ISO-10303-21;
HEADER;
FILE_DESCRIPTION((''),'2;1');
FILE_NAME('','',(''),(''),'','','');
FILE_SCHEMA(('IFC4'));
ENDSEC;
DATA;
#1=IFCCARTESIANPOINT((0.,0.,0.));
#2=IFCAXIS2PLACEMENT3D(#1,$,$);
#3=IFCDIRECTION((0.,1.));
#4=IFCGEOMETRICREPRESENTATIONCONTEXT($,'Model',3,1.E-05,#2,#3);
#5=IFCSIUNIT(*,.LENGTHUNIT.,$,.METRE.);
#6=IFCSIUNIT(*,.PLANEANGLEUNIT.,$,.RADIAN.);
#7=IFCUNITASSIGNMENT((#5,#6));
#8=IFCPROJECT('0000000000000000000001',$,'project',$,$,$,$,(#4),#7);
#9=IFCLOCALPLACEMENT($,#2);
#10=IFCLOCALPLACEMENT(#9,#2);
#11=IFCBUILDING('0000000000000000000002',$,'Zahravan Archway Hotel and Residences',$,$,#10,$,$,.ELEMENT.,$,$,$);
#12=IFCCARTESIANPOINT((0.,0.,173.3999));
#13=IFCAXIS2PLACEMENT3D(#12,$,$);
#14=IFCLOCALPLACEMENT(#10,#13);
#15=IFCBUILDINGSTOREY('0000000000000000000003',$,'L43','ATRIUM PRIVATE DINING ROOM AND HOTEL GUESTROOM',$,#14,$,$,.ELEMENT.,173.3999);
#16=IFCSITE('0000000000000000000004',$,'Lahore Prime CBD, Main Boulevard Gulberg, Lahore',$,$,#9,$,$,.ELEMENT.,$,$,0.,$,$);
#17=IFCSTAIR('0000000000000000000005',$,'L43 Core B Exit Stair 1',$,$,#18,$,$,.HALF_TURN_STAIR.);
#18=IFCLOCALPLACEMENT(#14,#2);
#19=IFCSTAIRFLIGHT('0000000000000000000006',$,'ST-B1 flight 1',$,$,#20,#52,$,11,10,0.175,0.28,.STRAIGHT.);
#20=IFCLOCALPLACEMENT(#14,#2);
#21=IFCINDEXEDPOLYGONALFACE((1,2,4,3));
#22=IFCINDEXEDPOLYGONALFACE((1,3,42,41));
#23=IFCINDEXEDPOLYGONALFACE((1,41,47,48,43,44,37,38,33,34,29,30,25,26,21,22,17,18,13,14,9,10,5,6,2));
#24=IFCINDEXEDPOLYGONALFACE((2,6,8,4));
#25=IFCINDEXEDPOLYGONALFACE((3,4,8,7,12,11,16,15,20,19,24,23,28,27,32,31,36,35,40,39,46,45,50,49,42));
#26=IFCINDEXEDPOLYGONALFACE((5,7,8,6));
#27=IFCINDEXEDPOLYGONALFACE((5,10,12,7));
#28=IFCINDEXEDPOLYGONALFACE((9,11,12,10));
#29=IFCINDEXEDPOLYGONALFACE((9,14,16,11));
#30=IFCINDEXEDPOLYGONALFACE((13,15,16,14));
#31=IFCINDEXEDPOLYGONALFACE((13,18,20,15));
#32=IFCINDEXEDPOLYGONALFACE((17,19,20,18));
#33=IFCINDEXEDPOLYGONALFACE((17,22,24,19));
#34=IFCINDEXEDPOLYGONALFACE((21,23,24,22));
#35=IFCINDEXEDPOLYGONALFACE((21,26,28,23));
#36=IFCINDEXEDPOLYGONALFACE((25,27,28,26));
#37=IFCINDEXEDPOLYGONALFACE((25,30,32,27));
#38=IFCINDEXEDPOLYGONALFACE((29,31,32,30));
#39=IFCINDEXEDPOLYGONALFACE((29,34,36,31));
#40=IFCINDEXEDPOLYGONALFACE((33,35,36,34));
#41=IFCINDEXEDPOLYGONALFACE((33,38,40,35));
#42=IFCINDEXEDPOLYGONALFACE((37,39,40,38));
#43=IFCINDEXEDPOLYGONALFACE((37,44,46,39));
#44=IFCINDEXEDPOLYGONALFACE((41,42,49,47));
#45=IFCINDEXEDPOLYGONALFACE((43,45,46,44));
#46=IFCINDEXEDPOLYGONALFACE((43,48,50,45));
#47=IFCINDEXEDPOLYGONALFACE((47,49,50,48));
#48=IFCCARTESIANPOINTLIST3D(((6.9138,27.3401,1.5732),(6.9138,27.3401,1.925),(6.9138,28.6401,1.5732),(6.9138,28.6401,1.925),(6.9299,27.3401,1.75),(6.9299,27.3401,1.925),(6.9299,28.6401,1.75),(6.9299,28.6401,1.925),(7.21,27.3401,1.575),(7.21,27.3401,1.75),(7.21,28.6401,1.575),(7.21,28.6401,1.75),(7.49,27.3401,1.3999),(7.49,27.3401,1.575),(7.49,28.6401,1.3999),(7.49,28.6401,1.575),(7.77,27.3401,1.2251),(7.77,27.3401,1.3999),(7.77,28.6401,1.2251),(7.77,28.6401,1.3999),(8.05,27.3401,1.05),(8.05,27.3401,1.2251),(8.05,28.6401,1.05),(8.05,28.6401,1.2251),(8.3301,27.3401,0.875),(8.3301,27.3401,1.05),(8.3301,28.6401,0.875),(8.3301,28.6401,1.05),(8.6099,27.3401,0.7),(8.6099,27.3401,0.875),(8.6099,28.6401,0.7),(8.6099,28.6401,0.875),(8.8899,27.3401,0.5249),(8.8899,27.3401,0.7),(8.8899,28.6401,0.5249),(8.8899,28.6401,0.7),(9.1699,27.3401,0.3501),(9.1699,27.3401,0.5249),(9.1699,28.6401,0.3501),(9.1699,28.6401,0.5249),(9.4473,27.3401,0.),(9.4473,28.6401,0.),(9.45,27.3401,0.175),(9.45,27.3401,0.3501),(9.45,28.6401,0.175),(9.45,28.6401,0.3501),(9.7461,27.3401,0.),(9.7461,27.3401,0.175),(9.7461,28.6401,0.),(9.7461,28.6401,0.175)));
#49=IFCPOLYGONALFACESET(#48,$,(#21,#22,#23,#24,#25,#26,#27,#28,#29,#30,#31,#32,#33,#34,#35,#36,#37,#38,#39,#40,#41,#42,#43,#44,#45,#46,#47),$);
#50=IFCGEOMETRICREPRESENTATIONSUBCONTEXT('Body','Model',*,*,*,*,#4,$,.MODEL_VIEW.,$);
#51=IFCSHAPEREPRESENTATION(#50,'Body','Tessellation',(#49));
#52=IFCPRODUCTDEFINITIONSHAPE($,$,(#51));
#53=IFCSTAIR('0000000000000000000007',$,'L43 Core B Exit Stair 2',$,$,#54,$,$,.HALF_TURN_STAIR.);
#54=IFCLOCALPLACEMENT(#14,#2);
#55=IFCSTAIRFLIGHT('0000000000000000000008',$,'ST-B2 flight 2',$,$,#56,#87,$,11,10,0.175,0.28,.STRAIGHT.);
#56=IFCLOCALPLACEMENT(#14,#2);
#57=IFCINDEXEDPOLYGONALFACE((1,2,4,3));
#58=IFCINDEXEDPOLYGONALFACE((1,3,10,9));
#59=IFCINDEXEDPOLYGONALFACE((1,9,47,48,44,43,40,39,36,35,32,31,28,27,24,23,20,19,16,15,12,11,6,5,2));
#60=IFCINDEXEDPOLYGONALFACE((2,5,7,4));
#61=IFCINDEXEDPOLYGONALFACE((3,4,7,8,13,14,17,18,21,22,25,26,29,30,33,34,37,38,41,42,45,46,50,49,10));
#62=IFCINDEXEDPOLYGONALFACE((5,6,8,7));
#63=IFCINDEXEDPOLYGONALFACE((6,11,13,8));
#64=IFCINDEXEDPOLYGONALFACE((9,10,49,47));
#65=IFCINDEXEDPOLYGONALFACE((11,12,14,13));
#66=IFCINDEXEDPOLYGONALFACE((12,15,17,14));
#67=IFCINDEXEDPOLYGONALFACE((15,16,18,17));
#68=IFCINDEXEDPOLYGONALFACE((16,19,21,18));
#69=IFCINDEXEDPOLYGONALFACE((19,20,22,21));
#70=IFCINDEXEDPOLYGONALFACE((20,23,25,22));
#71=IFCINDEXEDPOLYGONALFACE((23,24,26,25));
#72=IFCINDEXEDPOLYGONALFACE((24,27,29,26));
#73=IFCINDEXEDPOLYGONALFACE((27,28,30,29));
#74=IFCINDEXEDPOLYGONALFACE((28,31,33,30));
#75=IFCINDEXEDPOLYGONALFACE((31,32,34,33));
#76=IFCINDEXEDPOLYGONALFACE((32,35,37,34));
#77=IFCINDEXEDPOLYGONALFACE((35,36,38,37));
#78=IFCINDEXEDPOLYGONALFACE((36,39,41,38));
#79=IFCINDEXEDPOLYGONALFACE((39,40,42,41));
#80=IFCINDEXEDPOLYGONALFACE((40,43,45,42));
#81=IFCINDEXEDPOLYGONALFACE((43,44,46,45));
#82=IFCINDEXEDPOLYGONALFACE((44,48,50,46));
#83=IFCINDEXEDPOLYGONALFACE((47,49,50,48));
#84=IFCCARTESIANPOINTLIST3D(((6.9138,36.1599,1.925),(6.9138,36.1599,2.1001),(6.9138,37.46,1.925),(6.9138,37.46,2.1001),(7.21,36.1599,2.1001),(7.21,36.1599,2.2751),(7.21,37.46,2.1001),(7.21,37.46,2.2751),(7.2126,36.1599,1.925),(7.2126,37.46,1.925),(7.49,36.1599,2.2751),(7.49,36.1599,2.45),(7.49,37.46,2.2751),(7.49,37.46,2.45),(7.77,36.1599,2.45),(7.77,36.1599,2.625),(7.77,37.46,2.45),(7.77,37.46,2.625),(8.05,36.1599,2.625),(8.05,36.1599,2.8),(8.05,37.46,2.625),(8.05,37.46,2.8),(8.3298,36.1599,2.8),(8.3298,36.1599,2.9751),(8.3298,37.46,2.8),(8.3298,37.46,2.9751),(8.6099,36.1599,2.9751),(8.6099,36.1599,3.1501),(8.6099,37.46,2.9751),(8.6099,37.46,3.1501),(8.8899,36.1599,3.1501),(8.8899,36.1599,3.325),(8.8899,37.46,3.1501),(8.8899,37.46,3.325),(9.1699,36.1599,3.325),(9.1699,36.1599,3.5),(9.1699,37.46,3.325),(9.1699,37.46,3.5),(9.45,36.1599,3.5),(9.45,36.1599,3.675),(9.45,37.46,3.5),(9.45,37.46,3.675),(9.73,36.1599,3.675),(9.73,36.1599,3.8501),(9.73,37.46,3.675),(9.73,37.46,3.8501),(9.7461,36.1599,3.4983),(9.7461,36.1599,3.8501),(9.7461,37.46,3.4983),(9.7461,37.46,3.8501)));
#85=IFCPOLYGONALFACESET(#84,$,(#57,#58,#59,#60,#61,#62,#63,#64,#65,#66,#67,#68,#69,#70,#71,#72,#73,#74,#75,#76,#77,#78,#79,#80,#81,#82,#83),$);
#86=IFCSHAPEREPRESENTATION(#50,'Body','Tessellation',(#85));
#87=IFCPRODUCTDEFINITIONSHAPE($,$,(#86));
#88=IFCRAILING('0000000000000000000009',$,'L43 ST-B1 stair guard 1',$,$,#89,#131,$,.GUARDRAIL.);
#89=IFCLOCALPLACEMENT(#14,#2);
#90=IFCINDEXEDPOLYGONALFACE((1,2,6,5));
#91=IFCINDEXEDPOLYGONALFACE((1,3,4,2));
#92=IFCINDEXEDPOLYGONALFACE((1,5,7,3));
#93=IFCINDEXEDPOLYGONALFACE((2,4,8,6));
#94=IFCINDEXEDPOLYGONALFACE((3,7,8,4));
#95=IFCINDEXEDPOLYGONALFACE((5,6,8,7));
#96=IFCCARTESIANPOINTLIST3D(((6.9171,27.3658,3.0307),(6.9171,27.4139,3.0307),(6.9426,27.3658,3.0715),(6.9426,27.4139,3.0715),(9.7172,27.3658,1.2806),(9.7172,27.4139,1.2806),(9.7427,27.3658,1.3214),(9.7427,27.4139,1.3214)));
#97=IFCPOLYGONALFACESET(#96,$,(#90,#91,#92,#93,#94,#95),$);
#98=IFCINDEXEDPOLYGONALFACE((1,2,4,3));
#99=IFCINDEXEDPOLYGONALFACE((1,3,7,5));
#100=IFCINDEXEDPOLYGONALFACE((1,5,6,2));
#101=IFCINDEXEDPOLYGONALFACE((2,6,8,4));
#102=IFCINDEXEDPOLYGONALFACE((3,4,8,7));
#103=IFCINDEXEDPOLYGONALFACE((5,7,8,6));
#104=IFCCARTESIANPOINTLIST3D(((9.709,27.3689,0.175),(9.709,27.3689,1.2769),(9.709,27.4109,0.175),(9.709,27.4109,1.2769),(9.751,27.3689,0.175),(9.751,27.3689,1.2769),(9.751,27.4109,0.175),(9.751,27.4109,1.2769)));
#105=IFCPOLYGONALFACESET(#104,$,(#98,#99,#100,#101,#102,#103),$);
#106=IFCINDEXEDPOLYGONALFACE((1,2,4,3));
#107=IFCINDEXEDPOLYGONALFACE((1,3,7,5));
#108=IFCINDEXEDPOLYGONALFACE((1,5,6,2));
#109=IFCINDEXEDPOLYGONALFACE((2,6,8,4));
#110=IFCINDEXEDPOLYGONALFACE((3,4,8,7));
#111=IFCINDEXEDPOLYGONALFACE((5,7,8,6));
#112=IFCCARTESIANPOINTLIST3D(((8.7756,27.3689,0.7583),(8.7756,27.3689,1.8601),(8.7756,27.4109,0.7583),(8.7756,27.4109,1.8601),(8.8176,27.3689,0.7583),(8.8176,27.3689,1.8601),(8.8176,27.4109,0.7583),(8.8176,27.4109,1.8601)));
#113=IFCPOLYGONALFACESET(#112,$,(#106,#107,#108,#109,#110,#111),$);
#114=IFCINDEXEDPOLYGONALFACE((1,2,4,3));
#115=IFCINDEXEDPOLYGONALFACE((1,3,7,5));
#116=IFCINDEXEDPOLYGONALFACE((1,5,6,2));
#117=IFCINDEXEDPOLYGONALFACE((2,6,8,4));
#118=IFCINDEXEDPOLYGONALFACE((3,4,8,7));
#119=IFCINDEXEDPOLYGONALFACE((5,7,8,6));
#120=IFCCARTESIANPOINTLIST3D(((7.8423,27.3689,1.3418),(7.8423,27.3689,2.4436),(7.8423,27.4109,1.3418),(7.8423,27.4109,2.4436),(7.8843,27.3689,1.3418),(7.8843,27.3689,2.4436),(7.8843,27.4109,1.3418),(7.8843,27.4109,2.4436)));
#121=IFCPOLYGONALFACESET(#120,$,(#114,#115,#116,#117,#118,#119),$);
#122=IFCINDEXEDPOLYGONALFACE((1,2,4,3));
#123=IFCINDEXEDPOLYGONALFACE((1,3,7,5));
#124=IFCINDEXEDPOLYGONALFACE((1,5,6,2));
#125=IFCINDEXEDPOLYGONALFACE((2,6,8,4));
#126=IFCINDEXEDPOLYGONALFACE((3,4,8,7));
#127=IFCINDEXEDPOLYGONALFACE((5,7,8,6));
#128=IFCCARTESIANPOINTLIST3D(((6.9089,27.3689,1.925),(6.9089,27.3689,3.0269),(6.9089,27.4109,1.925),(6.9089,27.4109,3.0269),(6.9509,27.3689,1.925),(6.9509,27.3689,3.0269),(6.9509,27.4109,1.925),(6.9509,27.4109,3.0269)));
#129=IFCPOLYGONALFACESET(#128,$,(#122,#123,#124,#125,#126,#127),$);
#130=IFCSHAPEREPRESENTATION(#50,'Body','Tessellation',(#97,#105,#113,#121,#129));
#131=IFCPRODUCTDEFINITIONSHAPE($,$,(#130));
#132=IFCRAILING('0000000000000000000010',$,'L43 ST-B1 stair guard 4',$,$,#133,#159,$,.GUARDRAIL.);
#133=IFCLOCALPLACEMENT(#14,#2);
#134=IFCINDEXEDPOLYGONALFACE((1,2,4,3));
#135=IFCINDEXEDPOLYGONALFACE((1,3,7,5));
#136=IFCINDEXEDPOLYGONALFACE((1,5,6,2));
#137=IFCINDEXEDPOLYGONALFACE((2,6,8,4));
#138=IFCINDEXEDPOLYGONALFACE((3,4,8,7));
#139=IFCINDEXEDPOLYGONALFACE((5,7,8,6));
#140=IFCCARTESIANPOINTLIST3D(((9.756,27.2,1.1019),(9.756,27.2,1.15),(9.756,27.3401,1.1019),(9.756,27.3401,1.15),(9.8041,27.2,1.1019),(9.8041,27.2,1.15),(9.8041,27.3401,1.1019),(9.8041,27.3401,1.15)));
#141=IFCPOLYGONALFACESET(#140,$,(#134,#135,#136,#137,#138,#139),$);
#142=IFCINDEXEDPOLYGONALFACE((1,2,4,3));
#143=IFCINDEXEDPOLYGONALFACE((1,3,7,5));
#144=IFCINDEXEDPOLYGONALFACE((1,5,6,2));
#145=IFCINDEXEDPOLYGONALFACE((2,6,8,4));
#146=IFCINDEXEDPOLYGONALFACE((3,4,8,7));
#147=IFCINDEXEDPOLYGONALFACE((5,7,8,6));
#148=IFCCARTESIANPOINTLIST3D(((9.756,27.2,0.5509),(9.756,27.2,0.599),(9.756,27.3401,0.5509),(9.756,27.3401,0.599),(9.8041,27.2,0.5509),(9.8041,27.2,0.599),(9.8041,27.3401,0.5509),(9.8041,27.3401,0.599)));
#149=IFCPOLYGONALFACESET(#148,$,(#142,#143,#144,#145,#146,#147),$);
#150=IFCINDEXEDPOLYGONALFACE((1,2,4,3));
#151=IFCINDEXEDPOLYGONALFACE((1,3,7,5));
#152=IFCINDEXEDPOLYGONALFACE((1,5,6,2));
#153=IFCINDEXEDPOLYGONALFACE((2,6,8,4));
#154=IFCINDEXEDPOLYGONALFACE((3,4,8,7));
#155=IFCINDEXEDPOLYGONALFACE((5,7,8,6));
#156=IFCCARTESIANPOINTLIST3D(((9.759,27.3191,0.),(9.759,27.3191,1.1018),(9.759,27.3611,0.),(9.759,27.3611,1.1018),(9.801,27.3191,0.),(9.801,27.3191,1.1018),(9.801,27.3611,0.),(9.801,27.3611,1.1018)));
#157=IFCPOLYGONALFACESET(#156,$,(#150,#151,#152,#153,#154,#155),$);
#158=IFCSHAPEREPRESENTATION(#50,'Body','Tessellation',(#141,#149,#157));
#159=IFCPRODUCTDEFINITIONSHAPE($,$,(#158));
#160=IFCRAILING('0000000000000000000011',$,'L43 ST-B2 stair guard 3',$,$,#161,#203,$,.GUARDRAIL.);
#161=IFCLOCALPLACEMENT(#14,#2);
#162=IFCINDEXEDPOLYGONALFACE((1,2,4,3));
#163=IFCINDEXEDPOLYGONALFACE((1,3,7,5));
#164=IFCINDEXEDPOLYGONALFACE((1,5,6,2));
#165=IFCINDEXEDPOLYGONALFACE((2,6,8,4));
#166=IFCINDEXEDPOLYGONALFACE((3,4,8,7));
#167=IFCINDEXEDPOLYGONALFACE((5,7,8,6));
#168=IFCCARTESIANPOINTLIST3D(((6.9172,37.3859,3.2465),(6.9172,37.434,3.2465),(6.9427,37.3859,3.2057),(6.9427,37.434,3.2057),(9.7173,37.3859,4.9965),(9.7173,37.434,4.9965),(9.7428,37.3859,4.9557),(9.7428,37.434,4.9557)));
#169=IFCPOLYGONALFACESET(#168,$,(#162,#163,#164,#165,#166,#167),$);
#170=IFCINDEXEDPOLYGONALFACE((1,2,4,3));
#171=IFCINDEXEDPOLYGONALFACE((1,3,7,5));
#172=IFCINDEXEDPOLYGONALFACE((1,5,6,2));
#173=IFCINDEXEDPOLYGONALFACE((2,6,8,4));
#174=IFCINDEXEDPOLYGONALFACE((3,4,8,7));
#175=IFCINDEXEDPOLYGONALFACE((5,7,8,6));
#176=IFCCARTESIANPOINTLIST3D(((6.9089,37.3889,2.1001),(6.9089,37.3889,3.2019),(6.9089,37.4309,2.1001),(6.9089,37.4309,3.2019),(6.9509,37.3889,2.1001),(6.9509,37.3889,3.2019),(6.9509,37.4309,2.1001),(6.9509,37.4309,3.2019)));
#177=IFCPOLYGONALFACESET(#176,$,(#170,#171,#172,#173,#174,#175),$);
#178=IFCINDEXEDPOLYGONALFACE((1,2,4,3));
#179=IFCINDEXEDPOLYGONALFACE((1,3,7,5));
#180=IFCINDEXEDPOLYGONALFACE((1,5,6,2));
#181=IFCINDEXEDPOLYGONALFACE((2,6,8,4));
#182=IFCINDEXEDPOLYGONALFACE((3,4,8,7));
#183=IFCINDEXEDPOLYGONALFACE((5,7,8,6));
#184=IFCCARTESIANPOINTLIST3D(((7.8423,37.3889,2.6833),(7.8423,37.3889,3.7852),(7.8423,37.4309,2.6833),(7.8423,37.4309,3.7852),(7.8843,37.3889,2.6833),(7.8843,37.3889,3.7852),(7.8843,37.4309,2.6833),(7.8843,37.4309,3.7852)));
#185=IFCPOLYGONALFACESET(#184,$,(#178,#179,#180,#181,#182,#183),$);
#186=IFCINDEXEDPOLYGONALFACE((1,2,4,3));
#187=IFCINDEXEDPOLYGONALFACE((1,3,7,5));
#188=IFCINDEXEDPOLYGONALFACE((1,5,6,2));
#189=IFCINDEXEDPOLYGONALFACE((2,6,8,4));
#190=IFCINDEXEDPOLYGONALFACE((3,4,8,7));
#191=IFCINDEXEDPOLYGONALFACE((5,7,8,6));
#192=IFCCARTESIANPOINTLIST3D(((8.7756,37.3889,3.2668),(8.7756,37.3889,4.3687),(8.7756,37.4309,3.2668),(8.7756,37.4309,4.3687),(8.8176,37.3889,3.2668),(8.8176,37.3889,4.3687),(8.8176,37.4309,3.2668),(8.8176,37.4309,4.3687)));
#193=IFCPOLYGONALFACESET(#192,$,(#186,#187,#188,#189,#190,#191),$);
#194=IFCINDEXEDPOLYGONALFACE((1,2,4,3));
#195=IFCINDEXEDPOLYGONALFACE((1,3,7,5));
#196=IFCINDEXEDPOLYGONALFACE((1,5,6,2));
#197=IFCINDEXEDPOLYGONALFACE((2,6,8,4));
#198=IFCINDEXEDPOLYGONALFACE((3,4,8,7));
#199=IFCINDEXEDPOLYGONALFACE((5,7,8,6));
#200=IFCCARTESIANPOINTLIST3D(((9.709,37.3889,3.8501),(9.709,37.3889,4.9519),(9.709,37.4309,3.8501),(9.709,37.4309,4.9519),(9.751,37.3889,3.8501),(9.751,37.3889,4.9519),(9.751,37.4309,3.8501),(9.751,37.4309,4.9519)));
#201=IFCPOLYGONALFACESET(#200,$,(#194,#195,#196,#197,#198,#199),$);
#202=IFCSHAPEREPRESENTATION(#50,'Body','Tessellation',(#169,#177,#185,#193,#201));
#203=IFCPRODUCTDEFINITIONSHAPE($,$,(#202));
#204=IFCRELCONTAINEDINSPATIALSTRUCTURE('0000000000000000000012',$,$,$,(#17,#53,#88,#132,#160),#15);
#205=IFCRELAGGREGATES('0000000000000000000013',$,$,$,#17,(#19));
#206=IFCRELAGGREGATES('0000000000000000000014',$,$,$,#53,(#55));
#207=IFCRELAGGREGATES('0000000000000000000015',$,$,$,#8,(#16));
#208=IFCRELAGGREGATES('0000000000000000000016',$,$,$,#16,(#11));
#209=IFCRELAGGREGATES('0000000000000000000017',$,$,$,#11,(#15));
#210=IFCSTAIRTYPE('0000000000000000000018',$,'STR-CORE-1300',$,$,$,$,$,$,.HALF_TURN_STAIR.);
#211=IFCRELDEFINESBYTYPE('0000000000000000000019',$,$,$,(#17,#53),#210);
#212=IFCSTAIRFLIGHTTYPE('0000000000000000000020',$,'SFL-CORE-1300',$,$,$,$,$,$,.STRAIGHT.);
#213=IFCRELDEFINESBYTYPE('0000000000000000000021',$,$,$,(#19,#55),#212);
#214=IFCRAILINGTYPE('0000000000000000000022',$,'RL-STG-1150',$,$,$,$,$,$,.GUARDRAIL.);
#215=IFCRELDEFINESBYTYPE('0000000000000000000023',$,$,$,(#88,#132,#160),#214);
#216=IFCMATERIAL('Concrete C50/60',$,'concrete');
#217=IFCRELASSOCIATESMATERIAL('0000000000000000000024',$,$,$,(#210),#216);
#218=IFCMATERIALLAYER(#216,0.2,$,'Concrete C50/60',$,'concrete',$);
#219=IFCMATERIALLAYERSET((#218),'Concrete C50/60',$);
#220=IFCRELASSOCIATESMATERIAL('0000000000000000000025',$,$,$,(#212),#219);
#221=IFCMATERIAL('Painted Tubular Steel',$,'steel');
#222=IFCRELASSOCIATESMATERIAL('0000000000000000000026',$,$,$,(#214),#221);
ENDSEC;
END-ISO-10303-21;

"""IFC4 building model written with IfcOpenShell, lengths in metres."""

from ifc_helpers import new_model, si_unit, direction, frame, origin, origin_2d, place, context, subcontext, project, spatial, polyline, rectangle, outline, extrude, source, transform, mapped, material, layer, layer_set, type_object, element, aggregate, save


model = new_model("IFC4")

# Units and contexts
model_context = context("Model", 3, precision=1e-05, world=origin(), true_north=direction((0.0, 1.0)))
body_context = subcontext(model_context, "Body", "Model", "MODEL_VIEW")
ifc_project = project(units=[si_unit("LENGTHUNIT", "METRE"), si_unit("PLANEANGLEUNIT", "RADIAN")], contexts=[model_context])

# Site, building, storey
site_placement = place(None, origin())
site = spatial("IfcSite", under=ifc_project, at=site_placement, Name="Lahore Prime CBD, Main Boulevard Gulberg, Lahore", CompositionType="ELEMENT", RefElevation=0.0)
building_placement = place(site_placement, origin())
building = spatial("IfcBuilding", under=site, at=building_placement, Name="Zahravan Archway Hotel and Residences", CompositionType="ELEMENT")
storey_placement = place(building_placement, frame((0.0, 0.0, 173.3999)))
storey = spatial("IfcBuildingStorey", under=building, at=storey_placement, Name="L43", Description="ATRIUM PRIVATE DINING ROOM AND HOTEL GUESTROOM", CompositionType="ELEMENT", Elevation=173.3999)

# Shared definitions
ifc_material_1 = material(Name="Concrete C50/60", Category="concrete")

# Stairs, stair flights
stair_type = type_object("IfcStairType", Name="STR-CORE-1300", PredefinedType="HALF_TURN_STAIR", material=ifc_material_1)
stair_1_placement = place(storey_placement, origin())
stair_1 = element("IfcStair", 1, at=stair_1_placement, inside=storey, type_object=stair_type, Name="L43 Core B Exit Stair 1", PredefinedType="HALF_TURN_STAIR")
ifc_layer_1 = layer(ifc_material_1, 0.2, Name="Concrete C50/60", Category="concrete")
ifc_layer_set_1 = layer_set([ifc_layer_1], Name="Concrete C50/60")
stair_flight_type = type_object("IfcStairFlightType", Name="SFL-CORE-1300", PredefinedType="STRAIGHT", material=ifc_layer_set_1)
shared_shape_1 = source(origin(), body_context, "Body", "SweptSolid", [
    extrude(outline(polyline([(-0.0161, 0.0), (-0.0161, 0.175), (0.28, 0.175), (0.28, 0.3501), (0.5601, 0.3501), (0.5601, 0.5249), (0.8401, 0.5249), (0.8401, 0.7), (1.1201, 0.7), (1.1201, 0.875), (1.3999, 0.875), (1.3999, 1.05), (1.6799, 1.05), (1.6799, 1.2251), (1.96, 1.2251), (1.96, 1.3999), (2.24, 1.3999), (2.24, 1.575), (2.52, 1.575), (2.52, 1.75), (2.8, 1.75), (2.8, 1.925), (2.8162, 1.925), (2.8162, 1.5732), (0.2827, 0.0), (-0.0161, 0.0)])), frame((0.0, 0.6499, 0.0), z_axis=(0.0, -1.0, 0.0), x_axis=(1.0, 0.0, 0.0)), (0.0, 0.0, 1.0), 1.3),
])
stair_flight_1_placement = place(storey_placement, frame((9.73, 27.99, 0.0), z_axis=(0.0, 0.0, 1.0), x_axis=(-1.0, 0.0, 0.0)))
stair_flight_1 = element("IfcStairFlight", 2, at=stair_flight_1_placement, type_object=stair_flight_type, Name="ST-B1 flight 1", NumberOfRisers=11, NumberOfTreads=10, PredefinedType="STRAIGHT", RiserHeight=0.175, TreadLength=0.28, context=body_context, shape_type="MappedRepresentation", body=[
    mapped(shared_shape_1, transform((0.0, 0.0, 0.0), scale=1.0)),
])
aggregate(stair_1, [stair_flight_1])
stair_2_placement = place(storey_placement, origin())
stair_2 = element("IfcStair", 3, at=stair_2_placement, inside=storey, type_object=stair_type, Name="L43 Core B Exit Stair 2", PredefinedType="HALF_TURN_STAIR")
stair_flight_2_placement = place(storey_placement, frame((6.9299, 36.8101, 1.925), z_axis=(0.0, 0.0, 1.0), x_axis=(1.0, 0.0, 0.0)))
stair_flight_2 = element("IfcStairFlight", 4, at=stair_flight_2_placement, type_object=stair_flight_type, Name="ST-B2 flight 2", NumberOfRisers=11, NumberOfTreads=10, PredefinedType="STRAIGHT", RiserHeight=0.175, TreadLength=0.28, context=body_context, shape_type="MappedRepresentation", body=[
    mapped(shared_shape_1, transform((0.0, 0.0, 0.0), scale=1.0)),
])
aggregate(stair_2, [stair_flight_2])

# Railings
ifc_material_2 = material(Name="Painted Tubular Steel", Category="steel")
railing_type_1 = type_object("IfcRailingType", Name="RL-STG-1150", PredefinedType="GUARDRAIL", material=ifc_material_2)
railing_1_placement = place(storey_placement, frame((9.73, 27.3899, 0.175)))
element("IfcRailing", 5, at=railing_1_placement, inside=storey, type_object=railing_type_1, Name="L43 ST-B1 stair guard 1", PredefinedType="GUARDRAIL", context=body_context, shape_type="SweptSolid", body=[
    extrude(rectangle(XDim=0.0481, YDim=0.0481, at=origin_2d()), frame((0.0, 0.0, 1.126), z_axis=(-0.848002, 0.0, 0.529992), x_axis=(0.0, -1.0, 0.0)), (0.0, 0.0, 1.0), 3.302),
    extrude(rectangle(XDim=0.042, YDim=0.042, at=origin_2d()), origin(), (0.0, 0.0, 1.0), 1.1018),
    extrude(rectangle(XDim=0.042, YDim=0.042, at=origin_2d()), frame((-0.9333, 0.0, 0.5833)), (0.0, 0.0, 1.0), 1.1018),
    extrude(rectangle(XDim=0.042, YDim=0.042, at=origin_2d()), frame((-1.8667, 0.0, 1.1667)), (0.0, 0.0, 1.0), 1.1018),
    extrude(rectangle(XDim=0.042, YDim=0.042, at=origin_2d()), frame((-2.8, 0.0, 1.75)), (0.0, 0.0, 1.0), 1.1018),
])
railing_2_placement = place(storey_placement, frame((9.78, 27.3401, 0.0)))
element("IfcRailing", 6, at=railing_2_placement, inside=storey, type_object=railing_type_1, Name="L43 ST-B1 stair guard 4", PredefinedType="GUARDRAIL", context=body_context, shape_type="SweptSolid", body=[
    extrude(rectangle(XDim=0.0481, YDim=0.0481, at=origin_2d()), frame((0.0, 0.0, 1.126), z_axis=(0.0, -1.0, 0.0), x_axis=(1.0, 0.0, 0.0)), (0.0, 0.0, 1.0), 0.1401),
    extrude(rectangle(XDim=0.0481, YDim=0.0481, at=origin_2d()), frame((0.0, 0.0, 0.575), z_axis=(0.0, -1.0, 0.0), x_axis=(1.0, 0.0, 0.0)), (0.0, 0.0, 1.0), 0.1401),
    extrude(rectangle(XDim=0.042, YDim=0.042, at=origin_2d()), origin(), (0.0, 0.0, 1.0), 1.1018),
])
railing_3_placement = place(storey_placement, frame((6.9299, 37.4099, 2.1001)))
element("IfcRailing", 7, at=railing_3_placement, inside=storey, type_object=railing_type_1, Name="L43 ST-B2 stair guard 3", PredefinedType="GUARDRAIL", context=body_context, shape_type="SweptSolid", body=[
    extrude(rectangle(XDim=0.0481, YDim=0.0481, at=origin_2d()), frame((0.0, 0.0, 1.126), z_axis=(0.848002, 0.0, 0.529992), x_axis=(0.0, 1.0, 0.0)), (0.0, 0.0, 1.0), 3.302),
    extrude(rectangle(XDim=0.042, YDim=0.042, at=origin_2d()), origin(), (0.0, 0.0, 1.0), 1.1018),
    extrude(rectangle(XDim=0.042, YDim=0.042, at=origin_2d()), frame((0.9333, 0.0, 0.5833)), (0.0, 0.0, 1.0), 1.1018),
    extrude(rectangle(XDim=0.042, YDim=0.042, at=origin_2d()), frame((1.8667, 0.0, 1.1667)), (0.0, 0.0, 1.0), 1.1018),
    extrude(rectangle(XDim=0.042, YDim=0.042, at=origin_2d()), frame((2.8, 0.0, 1.75)), (0.0, 0.0, 1.0), 1.1018),
])

save(model, "model.ifc")
